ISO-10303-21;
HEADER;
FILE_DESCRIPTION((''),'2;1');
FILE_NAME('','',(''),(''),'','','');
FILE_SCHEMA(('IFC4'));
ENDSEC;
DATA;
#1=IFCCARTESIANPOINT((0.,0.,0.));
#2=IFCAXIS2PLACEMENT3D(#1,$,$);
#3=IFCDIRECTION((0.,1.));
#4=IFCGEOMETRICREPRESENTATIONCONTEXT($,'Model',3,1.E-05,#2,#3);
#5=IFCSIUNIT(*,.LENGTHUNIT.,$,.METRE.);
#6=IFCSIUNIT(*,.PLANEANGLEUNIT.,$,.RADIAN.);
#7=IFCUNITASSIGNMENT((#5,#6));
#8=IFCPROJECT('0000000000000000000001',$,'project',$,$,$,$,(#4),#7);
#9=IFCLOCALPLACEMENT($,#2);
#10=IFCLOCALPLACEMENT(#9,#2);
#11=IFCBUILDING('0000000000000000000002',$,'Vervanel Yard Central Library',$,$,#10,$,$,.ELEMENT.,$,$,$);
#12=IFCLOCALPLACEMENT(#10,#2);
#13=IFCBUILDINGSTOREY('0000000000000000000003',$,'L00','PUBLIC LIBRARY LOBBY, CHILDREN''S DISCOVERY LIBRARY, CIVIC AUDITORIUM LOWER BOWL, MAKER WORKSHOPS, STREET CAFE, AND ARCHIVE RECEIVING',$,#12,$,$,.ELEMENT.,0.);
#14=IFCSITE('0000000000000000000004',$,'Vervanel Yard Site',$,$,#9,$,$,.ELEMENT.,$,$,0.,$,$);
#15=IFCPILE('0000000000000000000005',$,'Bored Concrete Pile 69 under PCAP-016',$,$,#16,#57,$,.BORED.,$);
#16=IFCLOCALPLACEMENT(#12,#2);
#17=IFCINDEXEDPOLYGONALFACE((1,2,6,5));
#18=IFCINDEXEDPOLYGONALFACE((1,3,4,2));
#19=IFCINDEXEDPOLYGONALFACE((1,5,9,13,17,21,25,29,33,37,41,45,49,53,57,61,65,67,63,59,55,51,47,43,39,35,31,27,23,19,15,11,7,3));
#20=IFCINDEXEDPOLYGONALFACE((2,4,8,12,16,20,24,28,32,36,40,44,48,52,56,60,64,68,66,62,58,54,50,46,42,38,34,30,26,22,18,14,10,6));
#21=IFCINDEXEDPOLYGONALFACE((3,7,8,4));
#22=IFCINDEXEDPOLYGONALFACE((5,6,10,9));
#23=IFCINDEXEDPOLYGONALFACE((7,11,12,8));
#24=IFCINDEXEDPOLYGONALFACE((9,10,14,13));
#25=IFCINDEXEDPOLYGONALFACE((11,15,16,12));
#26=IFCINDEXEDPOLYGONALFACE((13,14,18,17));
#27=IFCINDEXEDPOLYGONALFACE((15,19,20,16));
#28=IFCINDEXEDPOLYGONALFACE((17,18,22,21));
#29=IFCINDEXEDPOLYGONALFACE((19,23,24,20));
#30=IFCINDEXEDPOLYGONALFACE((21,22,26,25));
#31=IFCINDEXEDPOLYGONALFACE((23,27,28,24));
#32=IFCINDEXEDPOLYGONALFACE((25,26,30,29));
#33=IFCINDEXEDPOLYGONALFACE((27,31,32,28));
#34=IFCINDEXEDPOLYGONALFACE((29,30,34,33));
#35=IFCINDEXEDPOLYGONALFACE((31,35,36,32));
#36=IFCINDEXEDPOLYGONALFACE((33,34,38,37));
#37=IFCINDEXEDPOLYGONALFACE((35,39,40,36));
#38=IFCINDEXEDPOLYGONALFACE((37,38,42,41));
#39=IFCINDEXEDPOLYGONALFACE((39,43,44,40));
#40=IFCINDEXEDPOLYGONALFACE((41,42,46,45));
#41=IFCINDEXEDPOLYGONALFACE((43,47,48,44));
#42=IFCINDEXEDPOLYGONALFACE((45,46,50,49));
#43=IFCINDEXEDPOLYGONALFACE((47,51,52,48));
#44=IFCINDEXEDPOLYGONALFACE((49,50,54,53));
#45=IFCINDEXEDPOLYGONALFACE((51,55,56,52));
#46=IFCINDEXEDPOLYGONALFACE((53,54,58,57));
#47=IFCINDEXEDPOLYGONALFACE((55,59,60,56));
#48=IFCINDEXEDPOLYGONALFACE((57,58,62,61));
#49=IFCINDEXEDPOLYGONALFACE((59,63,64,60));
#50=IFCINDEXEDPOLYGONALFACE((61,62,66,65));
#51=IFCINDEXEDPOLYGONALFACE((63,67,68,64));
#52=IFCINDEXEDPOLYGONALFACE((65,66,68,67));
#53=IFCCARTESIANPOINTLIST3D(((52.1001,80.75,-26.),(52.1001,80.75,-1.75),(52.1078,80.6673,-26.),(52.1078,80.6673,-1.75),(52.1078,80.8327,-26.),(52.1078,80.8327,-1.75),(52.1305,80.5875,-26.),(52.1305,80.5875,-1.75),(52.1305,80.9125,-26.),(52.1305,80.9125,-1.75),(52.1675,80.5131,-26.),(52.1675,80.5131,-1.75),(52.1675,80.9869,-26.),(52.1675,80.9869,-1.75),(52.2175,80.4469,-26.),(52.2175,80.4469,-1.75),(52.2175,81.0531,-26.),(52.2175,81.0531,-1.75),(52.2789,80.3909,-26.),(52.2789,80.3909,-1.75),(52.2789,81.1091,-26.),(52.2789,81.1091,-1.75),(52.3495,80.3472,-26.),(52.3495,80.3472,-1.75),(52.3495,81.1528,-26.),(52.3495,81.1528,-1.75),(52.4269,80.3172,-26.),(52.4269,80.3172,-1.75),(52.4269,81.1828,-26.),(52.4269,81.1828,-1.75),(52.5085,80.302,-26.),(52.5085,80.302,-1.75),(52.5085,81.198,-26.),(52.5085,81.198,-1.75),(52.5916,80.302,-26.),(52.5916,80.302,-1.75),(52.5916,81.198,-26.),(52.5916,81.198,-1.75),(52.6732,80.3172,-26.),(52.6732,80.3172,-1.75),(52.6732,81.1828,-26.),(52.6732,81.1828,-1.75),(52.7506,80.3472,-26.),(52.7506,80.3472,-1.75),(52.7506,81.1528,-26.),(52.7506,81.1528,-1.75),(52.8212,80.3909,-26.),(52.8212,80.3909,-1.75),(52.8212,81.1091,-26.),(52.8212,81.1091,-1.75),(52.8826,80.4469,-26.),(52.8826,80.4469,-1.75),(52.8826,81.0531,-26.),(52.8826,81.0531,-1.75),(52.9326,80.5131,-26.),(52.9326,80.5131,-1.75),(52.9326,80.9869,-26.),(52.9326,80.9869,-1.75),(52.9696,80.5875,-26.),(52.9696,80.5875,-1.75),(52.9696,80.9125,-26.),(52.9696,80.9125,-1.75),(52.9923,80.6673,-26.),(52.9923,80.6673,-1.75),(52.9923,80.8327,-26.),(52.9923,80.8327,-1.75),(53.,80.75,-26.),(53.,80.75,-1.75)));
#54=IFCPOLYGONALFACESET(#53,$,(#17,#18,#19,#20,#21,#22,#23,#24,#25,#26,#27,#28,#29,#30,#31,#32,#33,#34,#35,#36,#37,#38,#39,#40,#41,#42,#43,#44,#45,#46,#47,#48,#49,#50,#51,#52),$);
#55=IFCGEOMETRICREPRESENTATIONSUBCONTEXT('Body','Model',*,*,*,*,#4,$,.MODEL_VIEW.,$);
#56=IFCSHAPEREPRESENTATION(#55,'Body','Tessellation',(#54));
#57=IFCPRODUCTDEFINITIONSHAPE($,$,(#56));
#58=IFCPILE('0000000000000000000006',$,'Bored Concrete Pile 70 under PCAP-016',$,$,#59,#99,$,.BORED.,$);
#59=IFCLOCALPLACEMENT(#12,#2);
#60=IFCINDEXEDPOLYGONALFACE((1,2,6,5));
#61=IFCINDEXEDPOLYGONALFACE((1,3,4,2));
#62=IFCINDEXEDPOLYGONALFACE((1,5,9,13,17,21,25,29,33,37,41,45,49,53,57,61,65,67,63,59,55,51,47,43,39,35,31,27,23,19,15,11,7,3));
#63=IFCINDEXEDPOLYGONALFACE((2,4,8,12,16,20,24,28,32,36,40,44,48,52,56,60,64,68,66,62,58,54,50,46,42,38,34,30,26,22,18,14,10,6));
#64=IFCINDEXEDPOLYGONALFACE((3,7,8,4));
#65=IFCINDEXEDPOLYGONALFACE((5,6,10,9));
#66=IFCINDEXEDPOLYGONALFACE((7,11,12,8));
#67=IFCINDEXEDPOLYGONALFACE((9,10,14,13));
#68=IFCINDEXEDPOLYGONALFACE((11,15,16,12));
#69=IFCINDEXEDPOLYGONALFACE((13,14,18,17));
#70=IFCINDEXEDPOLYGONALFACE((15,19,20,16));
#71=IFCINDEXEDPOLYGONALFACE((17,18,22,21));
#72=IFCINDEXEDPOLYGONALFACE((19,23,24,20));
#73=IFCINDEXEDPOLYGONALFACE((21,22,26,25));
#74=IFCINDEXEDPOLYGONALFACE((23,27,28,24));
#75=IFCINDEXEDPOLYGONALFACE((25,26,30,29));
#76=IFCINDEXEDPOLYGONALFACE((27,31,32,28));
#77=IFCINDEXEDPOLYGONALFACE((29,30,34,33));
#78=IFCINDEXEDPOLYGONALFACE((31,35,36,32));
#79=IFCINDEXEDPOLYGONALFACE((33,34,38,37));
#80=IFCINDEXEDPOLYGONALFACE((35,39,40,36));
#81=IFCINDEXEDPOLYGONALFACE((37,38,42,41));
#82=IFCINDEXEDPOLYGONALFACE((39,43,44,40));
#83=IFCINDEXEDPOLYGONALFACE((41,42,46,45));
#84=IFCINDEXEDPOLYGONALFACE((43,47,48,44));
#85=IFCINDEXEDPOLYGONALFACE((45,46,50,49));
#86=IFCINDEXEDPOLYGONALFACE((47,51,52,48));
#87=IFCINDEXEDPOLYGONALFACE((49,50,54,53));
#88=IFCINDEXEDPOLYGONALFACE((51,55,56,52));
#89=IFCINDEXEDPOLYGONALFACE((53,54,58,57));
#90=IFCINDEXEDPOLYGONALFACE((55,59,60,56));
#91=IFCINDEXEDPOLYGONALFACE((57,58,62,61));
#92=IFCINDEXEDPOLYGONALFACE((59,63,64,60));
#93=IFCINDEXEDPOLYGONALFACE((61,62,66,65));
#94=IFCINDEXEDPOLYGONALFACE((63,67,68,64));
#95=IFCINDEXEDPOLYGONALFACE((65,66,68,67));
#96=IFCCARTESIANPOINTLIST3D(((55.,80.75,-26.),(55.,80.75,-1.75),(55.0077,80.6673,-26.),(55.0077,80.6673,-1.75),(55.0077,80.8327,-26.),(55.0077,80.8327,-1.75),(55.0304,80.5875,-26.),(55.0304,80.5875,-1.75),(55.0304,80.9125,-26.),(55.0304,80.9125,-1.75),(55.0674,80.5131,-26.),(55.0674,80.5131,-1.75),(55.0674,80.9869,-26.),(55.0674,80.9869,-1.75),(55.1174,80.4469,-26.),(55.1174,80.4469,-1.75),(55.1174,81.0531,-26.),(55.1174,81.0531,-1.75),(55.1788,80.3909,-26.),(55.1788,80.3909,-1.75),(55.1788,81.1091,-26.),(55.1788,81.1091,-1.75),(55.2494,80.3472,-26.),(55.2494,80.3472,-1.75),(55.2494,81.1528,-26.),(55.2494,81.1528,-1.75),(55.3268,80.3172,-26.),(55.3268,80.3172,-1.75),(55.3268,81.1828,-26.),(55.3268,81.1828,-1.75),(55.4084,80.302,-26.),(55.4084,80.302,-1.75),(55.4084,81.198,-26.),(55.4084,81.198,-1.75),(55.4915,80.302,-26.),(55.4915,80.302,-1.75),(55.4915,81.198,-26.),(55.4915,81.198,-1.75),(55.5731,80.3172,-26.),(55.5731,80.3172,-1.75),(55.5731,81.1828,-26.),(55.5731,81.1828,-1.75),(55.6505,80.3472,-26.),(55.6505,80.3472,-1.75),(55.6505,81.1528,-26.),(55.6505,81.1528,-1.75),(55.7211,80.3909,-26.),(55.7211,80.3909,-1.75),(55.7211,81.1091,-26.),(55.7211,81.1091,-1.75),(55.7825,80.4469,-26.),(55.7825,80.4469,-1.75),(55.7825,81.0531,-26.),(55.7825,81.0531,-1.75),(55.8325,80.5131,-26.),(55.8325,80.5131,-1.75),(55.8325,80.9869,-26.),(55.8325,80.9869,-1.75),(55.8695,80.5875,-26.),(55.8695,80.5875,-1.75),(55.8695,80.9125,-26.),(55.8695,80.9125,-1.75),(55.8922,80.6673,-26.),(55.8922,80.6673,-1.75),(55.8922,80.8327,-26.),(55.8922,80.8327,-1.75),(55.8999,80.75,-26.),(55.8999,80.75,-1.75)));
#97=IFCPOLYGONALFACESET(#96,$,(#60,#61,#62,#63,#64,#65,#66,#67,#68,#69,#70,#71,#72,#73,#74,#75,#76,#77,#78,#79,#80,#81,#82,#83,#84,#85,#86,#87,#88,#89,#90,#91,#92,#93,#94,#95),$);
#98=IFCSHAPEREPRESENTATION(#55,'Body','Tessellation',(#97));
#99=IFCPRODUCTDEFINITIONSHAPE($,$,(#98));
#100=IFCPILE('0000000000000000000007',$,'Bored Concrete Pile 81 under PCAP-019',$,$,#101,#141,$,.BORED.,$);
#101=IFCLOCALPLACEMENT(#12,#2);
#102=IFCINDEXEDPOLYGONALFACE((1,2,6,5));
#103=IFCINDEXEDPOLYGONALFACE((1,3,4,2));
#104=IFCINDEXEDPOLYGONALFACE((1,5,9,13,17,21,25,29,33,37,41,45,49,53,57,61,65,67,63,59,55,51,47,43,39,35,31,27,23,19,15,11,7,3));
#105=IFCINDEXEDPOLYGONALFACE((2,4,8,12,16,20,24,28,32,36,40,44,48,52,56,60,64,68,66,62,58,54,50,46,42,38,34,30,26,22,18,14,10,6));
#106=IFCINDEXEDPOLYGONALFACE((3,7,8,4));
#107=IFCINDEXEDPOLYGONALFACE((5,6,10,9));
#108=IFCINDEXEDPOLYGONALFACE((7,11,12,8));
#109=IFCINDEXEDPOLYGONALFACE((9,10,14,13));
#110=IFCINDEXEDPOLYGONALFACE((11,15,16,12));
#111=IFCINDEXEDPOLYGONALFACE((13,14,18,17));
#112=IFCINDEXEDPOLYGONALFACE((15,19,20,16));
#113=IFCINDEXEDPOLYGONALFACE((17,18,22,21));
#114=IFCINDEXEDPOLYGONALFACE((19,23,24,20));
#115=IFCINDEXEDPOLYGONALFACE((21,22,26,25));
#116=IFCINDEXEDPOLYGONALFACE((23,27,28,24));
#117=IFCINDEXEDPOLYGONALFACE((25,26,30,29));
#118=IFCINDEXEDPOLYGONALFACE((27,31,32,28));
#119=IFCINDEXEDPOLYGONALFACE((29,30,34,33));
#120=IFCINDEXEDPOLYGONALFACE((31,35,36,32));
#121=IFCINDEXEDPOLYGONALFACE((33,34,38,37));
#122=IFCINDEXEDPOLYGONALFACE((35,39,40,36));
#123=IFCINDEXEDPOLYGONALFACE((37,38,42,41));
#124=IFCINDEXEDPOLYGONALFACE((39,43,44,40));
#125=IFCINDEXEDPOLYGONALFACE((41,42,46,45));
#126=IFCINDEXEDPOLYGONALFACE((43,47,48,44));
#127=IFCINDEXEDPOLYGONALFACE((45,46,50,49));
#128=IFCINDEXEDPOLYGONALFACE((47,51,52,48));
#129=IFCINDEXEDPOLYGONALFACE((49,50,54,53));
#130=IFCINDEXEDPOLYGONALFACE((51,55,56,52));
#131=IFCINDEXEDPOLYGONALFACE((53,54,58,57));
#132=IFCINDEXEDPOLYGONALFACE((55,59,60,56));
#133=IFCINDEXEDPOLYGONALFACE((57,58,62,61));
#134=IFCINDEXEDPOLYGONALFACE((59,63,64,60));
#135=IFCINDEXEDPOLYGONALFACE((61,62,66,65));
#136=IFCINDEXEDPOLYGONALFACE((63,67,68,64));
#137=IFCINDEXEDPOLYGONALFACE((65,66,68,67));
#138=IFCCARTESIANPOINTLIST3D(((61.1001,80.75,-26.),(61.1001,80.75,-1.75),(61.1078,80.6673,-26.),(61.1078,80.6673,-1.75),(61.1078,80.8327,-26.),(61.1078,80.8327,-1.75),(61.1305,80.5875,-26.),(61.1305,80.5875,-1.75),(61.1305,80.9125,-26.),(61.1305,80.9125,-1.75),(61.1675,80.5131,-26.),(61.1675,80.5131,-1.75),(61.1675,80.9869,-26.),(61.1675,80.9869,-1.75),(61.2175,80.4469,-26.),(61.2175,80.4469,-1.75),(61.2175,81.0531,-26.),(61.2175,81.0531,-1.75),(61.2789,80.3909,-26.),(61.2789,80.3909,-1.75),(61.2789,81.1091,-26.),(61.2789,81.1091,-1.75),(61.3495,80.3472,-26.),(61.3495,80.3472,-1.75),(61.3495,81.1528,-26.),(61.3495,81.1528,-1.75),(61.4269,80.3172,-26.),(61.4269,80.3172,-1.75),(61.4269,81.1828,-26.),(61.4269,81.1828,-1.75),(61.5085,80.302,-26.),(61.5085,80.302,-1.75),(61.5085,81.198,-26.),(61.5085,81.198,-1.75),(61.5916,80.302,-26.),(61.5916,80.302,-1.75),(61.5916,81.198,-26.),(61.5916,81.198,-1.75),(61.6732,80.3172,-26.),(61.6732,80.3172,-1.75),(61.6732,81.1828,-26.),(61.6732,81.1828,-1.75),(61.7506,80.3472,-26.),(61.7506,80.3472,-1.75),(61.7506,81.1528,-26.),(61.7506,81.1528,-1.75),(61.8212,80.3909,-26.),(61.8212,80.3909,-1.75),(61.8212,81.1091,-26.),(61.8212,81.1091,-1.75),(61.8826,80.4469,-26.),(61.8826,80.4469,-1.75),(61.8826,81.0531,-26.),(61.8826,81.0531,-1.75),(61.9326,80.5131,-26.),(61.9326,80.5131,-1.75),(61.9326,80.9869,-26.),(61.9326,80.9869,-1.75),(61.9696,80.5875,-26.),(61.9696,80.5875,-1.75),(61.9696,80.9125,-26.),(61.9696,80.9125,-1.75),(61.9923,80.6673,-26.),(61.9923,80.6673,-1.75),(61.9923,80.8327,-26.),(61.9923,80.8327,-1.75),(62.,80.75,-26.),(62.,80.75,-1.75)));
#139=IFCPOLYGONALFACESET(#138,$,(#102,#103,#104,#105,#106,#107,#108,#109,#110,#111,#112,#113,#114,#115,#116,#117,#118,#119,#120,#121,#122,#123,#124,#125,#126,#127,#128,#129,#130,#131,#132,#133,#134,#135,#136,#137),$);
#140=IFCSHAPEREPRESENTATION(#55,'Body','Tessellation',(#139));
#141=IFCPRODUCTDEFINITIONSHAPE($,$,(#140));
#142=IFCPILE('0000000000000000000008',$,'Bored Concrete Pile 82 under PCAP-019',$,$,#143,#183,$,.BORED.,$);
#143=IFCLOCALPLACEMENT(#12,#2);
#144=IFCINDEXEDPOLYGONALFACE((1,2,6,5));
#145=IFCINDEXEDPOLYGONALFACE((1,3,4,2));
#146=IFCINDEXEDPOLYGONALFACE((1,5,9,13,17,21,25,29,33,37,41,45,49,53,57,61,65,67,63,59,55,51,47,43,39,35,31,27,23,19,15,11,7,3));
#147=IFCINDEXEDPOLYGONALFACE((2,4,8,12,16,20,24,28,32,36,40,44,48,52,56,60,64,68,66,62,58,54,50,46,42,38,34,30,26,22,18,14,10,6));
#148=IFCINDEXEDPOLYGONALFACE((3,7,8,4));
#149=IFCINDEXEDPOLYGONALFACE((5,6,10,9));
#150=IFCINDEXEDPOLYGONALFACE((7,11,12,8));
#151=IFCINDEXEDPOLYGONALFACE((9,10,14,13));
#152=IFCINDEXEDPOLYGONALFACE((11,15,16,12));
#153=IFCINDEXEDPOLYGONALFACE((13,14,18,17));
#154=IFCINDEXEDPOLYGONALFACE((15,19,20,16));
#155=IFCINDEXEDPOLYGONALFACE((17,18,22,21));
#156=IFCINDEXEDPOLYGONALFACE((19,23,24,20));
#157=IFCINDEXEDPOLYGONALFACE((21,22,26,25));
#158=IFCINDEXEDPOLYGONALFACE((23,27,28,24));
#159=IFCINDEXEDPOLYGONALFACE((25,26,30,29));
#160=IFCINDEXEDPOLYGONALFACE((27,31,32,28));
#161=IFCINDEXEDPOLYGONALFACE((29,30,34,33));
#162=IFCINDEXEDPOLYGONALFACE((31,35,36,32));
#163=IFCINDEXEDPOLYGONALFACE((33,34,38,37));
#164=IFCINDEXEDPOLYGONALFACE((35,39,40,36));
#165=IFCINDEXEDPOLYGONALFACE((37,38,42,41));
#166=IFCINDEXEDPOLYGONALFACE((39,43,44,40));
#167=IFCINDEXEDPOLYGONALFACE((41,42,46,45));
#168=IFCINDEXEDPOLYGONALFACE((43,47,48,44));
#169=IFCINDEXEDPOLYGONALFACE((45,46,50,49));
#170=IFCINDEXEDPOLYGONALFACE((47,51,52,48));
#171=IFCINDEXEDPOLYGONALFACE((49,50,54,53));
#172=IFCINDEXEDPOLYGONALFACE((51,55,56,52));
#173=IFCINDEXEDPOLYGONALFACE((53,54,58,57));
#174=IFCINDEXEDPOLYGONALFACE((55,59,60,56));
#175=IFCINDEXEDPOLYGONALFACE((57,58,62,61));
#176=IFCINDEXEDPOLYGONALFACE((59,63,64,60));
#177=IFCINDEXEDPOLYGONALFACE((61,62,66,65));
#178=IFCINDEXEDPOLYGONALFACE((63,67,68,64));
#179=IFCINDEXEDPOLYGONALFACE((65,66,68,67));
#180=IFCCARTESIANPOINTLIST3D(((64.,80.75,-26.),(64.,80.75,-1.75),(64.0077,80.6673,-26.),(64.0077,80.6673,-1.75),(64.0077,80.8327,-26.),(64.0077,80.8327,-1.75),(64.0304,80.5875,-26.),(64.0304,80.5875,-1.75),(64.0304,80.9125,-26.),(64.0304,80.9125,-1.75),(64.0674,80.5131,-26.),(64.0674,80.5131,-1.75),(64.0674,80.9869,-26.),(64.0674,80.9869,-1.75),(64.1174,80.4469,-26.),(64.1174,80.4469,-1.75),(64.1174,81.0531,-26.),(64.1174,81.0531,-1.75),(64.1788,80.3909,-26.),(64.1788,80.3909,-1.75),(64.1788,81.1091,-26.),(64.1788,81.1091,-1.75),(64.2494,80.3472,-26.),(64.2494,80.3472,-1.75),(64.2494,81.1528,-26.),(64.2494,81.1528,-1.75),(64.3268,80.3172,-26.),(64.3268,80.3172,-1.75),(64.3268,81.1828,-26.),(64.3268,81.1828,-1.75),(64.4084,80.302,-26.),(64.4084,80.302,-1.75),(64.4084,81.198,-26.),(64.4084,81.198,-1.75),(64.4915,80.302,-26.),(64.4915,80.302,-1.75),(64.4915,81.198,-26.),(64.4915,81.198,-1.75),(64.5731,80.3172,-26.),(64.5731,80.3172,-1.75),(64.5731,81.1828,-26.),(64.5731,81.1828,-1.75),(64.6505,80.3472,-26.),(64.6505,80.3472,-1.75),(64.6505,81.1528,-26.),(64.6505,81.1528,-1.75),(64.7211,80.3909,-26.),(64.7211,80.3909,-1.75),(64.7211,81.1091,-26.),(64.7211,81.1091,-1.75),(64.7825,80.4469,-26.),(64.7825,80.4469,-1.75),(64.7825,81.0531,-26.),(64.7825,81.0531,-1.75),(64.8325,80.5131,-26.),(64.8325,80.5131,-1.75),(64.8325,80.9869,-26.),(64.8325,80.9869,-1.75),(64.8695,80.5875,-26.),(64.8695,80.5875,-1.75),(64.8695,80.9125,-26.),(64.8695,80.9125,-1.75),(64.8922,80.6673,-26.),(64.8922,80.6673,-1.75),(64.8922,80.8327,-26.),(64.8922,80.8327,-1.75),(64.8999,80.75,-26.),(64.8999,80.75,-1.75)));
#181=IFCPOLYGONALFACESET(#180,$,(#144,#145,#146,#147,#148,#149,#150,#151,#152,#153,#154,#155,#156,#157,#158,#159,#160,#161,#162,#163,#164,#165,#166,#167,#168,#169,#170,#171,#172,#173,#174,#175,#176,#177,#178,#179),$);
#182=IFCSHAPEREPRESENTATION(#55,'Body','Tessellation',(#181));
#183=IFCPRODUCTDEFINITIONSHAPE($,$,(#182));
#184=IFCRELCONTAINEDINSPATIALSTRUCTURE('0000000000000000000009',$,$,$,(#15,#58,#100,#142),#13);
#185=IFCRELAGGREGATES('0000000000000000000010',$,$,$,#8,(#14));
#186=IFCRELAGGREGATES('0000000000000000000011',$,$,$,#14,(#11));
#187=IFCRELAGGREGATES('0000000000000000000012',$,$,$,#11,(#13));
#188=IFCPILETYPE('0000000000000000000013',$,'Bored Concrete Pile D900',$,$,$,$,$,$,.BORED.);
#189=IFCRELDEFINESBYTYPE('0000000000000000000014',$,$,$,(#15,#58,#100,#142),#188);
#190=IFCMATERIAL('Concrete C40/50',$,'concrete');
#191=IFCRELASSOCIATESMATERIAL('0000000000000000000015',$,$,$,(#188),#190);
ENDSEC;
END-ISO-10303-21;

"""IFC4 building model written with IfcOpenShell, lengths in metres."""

from ifc_helpers import new_model, si_unit, direction, frame, origin, origin_2d, place, context, subcontext, project, spatial, circle, extrude, material, material_profile, profile_set, type_object, element, save


model = new_model("IFC4")

# Units and contexts
model_context = context("Model", 3, precision=1e-05, world=origin(), true_north=direction((0.0, 1.0)))
body_context = subcontext(model_context, "Body", "Model", "MODEL_VIEW")
ifc_project = project(units=[si_unit("LENGTHUNIT", "METRE"), si_unit("PLANEANGLEUNIT", "RADIAN")], contexts=[model_context])

# Site, building, storey
site_placement = place(None, origin())
site = spatial("IfcSite", under=ifc_project, at=site_placement, Name="Vervanel Yard Site", CompositionType="ELEMENT", RefElevation=0.0)
building_placement = place(site_placement, origin())
building = spatial("IfcBuilding", under=site, at=building_placement, Name="Vervanel Yard Central Library", CompositionType="ELEMENT")
storey_placement = place(building_placement, origin())
storey = spatial("IfcBuildingStorey", under=building, at=storey_placement, Name="L00", Description="PUBLIC LIBRARY LOBBY, CHILDREN'S DISCOVERY LIBRARY, CIVIC AUDITORIUM LOWER BOWL, MAKER WORKSHOPS, STREET CAFE, AND ARCHIVE RECEIVING", CompositionType="ELEMENT", Elevation=0.0)

# Piles
ifc_material_1 = material(Name="Concrete C40/50", Category="concrete")
ifc_material_profile_1 = material_profile(ifc_material_1, circle(Radius=0.45, at=origin_2d()), Name="BP D900", Category="concrete")
ifc_profile_set_1 = profile_set([ifc_material_profile_1], Name="Concrete C40/50")
pile_type_1 = type_object("IfcPileType", Name="Bored Concrete Pile D900", PredefinedType="BORED", material=ifc_profile_set_1)
for number, where, z_axis, x_axis, name in (
    (1, (52.55, 80.75, -1.75), (0.0, 0.0, -1.0), (1.0, 0.0, 0.0), "Bored Concrete Pile 69 under PCAP-016"),
    (2, (55.45, 80.75, -1.75), (0.0, 0.0, -1.0), (1.0, 0.0, 0.0), "Bored Concrete Pile 70 under PCAP-016"),
    (3, (61.55, 80.75, -1.75), (0.0, 0.0, -1.0), (1.0, 0.0, 0.0), "Bored Concrete Pile 81 under PCAP-019"),
    (4, (64.45, 80.75, -1.75), (0.0, 0.0, -1.0), (1.0, 0.0, 0.0), "Bored Concrete Pile 82 under PCAP-019"),
):
    element("IfcPile", number, at=place(storey_placement, frame(where, z_axis=z_axis, x_axis=x_axis)), inside=storey, type_object=pile_type_1, Name=name, PredefinedType="BORED", context=body_context, shape_type="SweptSolid", body=[
        extrude(circle(Radius=0.45, at=origin_2d()), origin(), (0.0, 0.0, 1.0), 24.25),
    ])

save(model, "model.ifc")
